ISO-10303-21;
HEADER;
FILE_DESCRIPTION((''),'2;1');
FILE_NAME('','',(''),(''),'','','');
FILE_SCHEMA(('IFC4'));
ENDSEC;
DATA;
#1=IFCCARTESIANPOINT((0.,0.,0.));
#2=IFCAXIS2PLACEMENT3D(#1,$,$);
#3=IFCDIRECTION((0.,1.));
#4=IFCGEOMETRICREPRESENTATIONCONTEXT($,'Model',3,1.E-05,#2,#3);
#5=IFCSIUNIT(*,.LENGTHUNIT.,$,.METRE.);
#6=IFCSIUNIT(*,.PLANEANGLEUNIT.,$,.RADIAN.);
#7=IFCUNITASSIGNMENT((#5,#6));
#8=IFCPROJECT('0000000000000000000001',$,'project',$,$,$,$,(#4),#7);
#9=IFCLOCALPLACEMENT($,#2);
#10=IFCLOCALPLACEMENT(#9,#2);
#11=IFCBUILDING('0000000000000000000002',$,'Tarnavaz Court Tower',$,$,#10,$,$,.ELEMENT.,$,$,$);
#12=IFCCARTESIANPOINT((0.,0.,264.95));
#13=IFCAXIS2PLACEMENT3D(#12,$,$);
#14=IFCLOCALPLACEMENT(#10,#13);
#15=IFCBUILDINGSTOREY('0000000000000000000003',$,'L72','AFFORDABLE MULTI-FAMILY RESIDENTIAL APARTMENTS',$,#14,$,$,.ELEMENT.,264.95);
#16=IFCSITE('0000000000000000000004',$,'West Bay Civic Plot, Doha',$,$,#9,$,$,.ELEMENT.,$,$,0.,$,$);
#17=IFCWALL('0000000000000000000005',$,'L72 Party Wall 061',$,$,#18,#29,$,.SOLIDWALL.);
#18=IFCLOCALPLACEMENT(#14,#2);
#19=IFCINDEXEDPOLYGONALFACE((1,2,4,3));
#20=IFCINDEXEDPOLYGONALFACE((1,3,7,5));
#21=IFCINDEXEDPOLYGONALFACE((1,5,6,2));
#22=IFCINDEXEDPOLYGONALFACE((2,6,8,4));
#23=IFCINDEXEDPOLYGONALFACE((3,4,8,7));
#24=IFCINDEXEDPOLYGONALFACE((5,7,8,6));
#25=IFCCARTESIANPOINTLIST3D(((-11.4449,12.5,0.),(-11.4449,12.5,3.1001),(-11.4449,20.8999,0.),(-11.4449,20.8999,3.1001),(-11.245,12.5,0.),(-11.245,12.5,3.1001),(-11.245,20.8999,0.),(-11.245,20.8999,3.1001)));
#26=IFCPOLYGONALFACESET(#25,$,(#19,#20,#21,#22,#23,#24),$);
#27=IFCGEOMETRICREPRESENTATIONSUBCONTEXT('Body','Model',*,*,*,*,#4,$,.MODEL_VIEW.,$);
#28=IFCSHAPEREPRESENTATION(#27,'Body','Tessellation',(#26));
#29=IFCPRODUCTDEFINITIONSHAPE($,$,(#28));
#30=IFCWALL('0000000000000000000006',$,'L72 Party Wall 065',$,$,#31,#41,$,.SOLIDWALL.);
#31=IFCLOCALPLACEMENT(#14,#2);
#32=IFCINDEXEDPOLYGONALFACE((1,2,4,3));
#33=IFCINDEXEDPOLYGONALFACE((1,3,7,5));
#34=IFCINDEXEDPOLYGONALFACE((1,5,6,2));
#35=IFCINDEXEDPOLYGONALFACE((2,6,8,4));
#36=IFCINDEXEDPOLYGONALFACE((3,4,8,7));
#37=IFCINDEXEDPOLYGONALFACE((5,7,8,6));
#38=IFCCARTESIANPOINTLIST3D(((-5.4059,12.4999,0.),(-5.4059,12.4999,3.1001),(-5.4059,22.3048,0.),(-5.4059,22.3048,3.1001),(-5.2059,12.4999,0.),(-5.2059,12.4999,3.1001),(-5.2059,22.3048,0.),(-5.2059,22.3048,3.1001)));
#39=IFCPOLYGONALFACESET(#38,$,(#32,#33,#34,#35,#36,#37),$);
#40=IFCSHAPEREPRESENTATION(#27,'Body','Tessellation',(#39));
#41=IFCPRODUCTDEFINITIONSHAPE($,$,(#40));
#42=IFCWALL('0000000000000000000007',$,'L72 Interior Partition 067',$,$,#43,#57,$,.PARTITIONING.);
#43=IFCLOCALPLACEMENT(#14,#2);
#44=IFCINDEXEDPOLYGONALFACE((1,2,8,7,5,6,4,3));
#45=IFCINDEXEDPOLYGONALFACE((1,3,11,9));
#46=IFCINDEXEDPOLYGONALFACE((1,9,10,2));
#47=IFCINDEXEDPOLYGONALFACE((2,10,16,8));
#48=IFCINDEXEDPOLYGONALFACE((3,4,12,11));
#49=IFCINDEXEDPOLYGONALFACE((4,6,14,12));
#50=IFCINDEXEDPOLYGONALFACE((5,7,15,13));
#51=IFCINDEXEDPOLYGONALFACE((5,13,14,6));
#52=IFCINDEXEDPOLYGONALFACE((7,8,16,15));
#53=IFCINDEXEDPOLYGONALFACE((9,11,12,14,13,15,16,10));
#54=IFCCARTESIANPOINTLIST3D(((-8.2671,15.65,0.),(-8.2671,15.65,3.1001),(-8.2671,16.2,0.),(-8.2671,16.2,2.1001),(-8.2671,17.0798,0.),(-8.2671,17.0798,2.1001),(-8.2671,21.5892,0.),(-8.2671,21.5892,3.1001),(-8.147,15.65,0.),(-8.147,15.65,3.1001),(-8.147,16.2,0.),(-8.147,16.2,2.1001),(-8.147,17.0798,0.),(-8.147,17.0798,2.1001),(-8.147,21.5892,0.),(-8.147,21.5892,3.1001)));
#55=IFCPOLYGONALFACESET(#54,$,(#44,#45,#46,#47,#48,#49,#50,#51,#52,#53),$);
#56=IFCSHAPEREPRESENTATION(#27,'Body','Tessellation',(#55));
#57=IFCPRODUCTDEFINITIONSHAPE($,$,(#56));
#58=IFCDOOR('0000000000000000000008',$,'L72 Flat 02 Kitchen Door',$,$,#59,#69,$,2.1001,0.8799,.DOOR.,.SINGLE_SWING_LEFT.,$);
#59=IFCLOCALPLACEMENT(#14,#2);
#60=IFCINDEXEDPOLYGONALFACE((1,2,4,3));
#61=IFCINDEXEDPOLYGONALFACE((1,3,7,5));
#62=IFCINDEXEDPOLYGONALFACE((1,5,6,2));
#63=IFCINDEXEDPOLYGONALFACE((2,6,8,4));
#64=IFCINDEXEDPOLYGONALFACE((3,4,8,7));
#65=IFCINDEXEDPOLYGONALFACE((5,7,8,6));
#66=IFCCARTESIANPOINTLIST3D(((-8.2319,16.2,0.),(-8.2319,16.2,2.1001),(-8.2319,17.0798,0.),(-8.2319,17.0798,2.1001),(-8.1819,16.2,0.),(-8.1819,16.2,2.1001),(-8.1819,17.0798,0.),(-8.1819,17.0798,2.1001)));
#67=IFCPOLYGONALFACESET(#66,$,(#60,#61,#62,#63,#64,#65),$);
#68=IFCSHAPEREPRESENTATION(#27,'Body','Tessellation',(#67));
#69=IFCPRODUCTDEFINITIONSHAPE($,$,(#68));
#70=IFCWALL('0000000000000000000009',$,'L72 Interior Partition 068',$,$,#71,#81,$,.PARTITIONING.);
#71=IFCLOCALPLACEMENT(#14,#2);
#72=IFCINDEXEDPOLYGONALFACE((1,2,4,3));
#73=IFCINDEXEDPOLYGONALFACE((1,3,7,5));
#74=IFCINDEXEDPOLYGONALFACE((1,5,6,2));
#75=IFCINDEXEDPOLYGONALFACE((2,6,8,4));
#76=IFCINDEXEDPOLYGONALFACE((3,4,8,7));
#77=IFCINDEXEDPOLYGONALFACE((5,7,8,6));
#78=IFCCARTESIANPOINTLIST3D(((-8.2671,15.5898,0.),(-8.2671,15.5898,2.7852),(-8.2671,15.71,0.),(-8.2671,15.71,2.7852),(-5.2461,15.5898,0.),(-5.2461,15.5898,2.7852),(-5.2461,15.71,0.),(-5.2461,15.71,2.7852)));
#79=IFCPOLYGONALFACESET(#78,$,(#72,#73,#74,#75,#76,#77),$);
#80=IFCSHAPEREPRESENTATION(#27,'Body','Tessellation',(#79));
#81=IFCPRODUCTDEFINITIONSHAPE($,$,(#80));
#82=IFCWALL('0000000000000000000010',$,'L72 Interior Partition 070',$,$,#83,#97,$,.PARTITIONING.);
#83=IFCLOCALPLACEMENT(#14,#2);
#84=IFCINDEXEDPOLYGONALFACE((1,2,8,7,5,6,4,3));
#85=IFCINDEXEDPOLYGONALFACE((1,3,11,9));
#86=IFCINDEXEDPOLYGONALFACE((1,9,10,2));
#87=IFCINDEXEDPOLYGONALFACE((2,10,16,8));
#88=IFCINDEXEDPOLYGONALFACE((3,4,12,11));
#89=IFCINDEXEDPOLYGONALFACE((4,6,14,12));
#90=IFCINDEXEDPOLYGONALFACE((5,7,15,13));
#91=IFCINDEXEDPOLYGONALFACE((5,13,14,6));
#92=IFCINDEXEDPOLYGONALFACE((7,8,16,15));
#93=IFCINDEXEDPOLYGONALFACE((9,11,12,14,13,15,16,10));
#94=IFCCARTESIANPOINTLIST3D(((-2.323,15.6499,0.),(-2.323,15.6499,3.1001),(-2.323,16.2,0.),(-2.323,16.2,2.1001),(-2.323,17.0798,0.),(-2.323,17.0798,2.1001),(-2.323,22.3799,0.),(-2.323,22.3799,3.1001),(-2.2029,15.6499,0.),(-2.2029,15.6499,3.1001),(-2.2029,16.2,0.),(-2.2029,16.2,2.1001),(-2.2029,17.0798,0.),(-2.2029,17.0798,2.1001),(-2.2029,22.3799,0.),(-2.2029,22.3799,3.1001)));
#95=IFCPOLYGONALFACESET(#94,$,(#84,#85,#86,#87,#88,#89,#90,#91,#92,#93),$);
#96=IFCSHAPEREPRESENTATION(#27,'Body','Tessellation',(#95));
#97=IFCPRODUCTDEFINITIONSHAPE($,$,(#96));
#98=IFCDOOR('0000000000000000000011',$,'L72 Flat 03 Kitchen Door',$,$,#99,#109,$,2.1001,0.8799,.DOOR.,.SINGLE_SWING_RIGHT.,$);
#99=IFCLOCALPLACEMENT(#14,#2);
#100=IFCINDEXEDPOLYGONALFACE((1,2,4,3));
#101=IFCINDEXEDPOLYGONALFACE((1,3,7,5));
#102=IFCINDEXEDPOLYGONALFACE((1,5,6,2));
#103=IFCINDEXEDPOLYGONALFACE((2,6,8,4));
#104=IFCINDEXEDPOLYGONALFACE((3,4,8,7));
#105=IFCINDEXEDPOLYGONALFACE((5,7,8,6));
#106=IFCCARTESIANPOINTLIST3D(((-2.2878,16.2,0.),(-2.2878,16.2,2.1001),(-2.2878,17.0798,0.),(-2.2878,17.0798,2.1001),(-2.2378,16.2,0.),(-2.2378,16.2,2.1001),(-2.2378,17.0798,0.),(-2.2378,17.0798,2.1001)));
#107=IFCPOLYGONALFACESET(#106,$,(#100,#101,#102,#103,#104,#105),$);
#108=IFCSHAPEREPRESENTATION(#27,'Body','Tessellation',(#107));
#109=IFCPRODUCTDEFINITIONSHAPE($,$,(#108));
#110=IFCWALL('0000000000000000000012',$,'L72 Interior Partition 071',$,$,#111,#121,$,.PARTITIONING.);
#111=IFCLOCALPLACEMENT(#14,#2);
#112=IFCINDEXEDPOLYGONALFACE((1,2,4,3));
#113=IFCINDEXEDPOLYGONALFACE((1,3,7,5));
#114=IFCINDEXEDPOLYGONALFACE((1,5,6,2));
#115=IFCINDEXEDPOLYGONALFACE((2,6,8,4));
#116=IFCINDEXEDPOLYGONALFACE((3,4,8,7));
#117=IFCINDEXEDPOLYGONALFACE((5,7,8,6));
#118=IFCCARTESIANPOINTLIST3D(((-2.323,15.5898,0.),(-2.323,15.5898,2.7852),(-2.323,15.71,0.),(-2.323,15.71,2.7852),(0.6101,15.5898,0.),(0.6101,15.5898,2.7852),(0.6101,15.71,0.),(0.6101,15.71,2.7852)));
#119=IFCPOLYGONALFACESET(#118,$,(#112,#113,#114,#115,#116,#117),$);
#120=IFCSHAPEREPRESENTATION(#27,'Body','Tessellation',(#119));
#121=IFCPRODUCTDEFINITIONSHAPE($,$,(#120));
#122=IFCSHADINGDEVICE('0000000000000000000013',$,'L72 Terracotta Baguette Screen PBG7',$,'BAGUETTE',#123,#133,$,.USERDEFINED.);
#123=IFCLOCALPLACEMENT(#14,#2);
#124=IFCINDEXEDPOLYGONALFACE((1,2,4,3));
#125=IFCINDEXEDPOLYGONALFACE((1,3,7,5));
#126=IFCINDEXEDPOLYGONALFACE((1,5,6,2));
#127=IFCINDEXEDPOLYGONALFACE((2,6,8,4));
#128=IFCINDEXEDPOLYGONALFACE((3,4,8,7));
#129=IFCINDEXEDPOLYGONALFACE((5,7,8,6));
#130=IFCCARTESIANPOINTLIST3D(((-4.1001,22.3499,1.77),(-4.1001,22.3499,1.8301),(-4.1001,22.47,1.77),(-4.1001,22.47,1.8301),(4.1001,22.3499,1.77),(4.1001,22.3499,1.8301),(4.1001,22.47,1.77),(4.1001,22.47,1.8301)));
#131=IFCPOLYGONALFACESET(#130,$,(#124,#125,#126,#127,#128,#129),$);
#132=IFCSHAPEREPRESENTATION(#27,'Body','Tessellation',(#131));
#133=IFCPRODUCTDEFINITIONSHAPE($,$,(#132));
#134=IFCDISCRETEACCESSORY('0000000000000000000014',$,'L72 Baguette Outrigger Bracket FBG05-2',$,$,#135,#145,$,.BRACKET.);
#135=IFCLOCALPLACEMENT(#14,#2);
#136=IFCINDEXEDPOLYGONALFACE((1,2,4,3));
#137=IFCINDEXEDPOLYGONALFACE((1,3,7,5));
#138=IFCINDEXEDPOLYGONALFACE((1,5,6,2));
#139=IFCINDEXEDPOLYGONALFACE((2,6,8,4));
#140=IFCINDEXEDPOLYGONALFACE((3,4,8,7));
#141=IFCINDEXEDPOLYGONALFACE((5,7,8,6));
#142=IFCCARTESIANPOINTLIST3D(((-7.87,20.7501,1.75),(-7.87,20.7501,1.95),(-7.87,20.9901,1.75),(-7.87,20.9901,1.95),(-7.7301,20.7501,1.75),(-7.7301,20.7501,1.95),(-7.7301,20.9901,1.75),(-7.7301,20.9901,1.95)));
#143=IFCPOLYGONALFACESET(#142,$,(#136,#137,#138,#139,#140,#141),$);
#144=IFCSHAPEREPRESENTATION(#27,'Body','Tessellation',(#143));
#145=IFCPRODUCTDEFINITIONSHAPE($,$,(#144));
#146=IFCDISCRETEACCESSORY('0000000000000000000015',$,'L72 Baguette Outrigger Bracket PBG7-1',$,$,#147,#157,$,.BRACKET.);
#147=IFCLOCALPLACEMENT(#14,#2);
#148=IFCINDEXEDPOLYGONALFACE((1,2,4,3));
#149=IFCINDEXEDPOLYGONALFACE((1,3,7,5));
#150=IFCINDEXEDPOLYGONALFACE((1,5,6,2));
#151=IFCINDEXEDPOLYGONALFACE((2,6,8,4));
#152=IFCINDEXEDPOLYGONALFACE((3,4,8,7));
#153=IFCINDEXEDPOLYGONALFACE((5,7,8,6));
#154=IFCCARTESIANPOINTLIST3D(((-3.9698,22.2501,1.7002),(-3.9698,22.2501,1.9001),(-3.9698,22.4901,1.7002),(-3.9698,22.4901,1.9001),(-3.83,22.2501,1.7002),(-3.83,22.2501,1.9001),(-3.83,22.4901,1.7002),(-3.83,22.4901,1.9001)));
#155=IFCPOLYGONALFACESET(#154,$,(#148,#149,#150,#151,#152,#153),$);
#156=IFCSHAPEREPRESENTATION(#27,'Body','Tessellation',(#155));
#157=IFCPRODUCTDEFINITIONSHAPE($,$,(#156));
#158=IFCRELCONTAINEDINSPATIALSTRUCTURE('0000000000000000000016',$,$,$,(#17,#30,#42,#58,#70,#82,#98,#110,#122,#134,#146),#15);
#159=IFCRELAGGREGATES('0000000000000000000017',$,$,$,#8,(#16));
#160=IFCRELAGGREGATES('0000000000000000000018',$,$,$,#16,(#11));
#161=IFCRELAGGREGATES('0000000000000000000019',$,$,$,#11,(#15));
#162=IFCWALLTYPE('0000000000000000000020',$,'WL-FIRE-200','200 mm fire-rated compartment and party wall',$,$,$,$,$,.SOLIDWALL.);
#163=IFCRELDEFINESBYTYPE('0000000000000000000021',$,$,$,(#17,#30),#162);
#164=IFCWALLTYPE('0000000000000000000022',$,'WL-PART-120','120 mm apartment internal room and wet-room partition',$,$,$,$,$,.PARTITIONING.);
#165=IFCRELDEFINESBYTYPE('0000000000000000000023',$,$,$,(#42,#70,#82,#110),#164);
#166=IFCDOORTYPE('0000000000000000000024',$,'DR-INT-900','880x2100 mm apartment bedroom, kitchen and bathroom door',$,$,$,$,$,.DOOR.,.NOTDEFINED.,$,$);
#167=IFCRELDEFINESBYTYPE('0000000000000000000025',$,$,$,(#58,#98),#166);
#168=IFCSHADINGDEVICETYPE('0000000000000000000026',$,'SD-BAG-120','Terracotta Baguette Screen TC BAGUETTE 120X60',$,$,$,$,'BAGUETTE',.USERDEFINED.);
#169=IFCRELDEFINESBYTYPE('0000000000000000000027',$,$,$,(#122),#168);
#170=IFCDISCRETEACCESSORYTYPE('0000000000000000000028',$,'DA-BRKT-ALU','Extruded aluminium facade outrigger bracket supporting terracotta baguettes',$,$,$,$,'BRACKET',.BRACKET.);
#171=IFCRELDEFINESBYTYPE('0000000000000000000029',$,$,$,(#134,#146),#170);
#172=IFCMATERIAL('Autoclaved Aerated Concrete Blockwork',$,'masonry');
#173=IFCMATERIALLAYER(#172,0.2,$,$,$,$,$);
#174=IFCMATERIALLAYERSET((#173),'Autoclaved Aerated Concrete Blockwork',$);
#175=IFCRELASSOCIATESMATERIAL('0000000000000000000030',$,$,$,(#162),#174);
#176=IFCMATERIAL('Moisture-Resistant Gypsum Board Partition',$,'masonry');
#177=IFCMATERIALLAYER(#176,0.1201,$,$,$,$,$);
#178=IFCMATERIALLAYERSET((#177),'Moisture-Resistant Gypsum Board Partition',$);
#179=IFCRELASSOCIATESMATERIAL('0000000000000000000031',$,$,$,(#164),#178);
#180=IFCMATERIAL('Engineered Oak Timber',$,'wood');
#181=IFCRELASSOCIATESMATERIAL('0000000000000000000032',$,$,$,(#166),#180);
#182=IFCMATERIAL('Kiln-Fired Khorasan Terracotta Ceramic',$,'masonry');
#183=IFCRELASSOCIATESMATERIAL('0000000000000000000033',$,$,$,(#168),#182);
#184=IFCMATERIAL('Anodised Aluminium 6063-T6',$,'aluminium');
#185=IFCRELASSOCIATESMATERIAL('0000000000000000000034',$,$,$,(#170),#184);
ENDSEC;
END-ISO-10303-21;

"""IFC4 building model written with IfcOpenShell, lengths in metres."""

from ifc_helpers import new_model, si_unit, direction, frame, frame_2d, origin, origin_2d, place, context, subcontext, project, spatial, rectangle, extrude, material, layer, layer_set, material_profile, profile_set, type_object, element, fill, save


model = new_model("IFC4")

# Units and contexts
model_context = context("Model", 3, precision=1e-05, world=origin(), true_north=direction((0.0, 1.0)))
body_context = subcontext(model_context, "Body", "Model", "MODEL_VIEW")
ifc_project = project(units=[si_unit("LENGTHUNIT", "METRE"), si_unit("PLANEANGLEUNIT", "RADIAN")], contexts=[model_context])

# Site, building, storey
site_placement = place(None, origin())
site = spatial("IfcSite", under=ifc_project, at=site_placement, Name="West Bay Civic Plot, Doha", CompositionType="ELEMENT", RefElevation=0.0)
building_placement = place(site_placement, origin())
building = spatial("IfcBuilding", under=site, at=building_placement, Name="Tarnavaz Court Tower", CompositionType="ELEMENT")
storey_placement = place(building_placement, frame((0.0, 0.0, 264.95)))
storey = spatial("IfcBuildingStorey", under=building, at=storey_placement, Name="L72", Description="AFFORDABLE MULTI-FAMILY RESIDENTIAL APARTMENTS", CompositionType="ELEMENT", Elevation=264.95)

# Shared definitions
ifc_material_1 = material(Name="Anodised Aluminium 6063-T6", Category="aluminium")

# Walls
ifc_material_2 = material(Name="Autoclaved Aerated Concrete Blockwork", Category="masonry")
ifc_layer_1 = layer(ifc_material_2, 0.2)
ifc_layer_set_1 = layer_set([ifc_layer_1], Name="Autoclaved Aerated Concrete Blockwork")
wall_type_1 = type_object("IfcWallType", Name="WL-FIRE-200", Description="200 mm fire-rated compartment and party wall", PredefinedType="SOLIDWALL", material=ifc_layer_set_1)
wall_1_placement = place(storey_placement, frame((-11.345, 12.5, 0.0), z_axis=(0.0, 0.0, 1.0), x_axis=(0.0, 1.0, 0.0)))
element("IfcWall", 1, at=wall_1_placement, inside=storey, type_object=wall_type_1, Name="L72 Party Wall 061", PredefinedType="SOLIDWALL", context=body_context, shape_type="SweptSolid", body=[
    extrude(rectangle(XDim=8.3999, YDim=0.2, at=frame_2d((4.2, 0.0))), origin(), (0.0, 0.0, 1.0), 3.1001),
])
wall_2_placement = place(storey_placement, frame((-5.3059, 12.5, 0.0), z_axis=(0.0, 0.0, 1.0), x_axis=(0.0, 1.0, 0.0)))
element("IfcWall", 2, at=wall_2_placement, inside=storey, type_object=wall_type_1, Name="L72 Party Wall 065", PredefinedType="SOLIDWALL", context=body_context, shape_type="SweptSolid", body=[
    extrude(rectangle(XDim=9.8049, YDim=0.2, at=frame_2d((4.9023, 0.0))), origin(), (0.0, 0.0, 1.0), 3.1001),
])

# Wall, opening, door
ifc_material_3 = material(Name="Moisture-Resistant Gypsum Board Partition", Category="masonry")
ifc_layer_2 = layer(ifc_material_3, 0.1201)
ifc_layer_set_2 = layer_set([ifc_layer_2], Name="Moisture-Resistant Gypsum Board Partition")
wall_type_2 = type_object("IfcWallType", Name="WL-PART-120", Description="120 mm apartment internal room and wet-room partition", PredefinedType="PARTITIONING", material=ifc_layer_set_2)
wall_3_placement = place(storey_placement, frame((-8.207, 15.6499, 0.0), z_axis=(0.0, 0.0, 1.0), x_axis=(0.0, 1.0, 0.0)))
wall_3 = element("IfcWall", 3, at=wall_3_placement, inside=storey, type_object=wall_type_2, Name="L72 Interior Partition 067", PredefinedType="PARTITIONING", context=body_context, shape_type="SweptSolid", body=[
    extrude(rectangle(XDim=5.9392, YDim=0.1201, at=frame_2d((2.9697, 0.0))), origin(), (0.0, 0.0, 1.0), 3.1001),
])
opening_1_placement = place(wall_3_placement, frame((0.55, 0.0, 0.0)))
opening_1 = element("IfcOpeningElement", 4, at=opening_1_placement, cuts=wall_3, PredefinedType="OPENING", context=body_context, shape_type="SweptSolid", body=[
    extrude(rectangle(XDim=0.8799, YDim=2.1001, at=frame_2d((0.4399, 1.05))), frame((0.0, 0.0701, 0.0), z_axis=(0.0, -1.0, 0.0), x_axis=(1.0, 0.0, 0.0)), (0.0, 0.0, 1.0), 0.1401),
])
ifc_material_4 = material(Name="Engineered Oak Timber", Category="wood")
door_type = type_object("IfcDoorType", Name="DR-INT-900", Description="880x2100 mm apartment bedroom, kitchen and bathroom door", OperationType="NOTDEFINED", PredefinedType="DOOR", material=ifc_material_4)
door_1_placement = place(opening_1_placement, origin())
door_1 = element("IfcDoor", 5, at=door_1_placement, inside=storey, type_object=door_type, Name="L72 Flat 02 Kitchen Door", OperationType="SINGLE_SWING_LEFT", OverallHeight=2.1001, OverallWidth=0.8799, PredefinedType="DOOR", context=body_context, shape_type="SweptSolid", body=[
    extrude(rectangle(XDim=0.8799, YDim=2.1001, at=frame_2d((0.4399, 1.05))), frame((0.0, 0.0249, 0.0), z_axis=(0.0, -1.0, 0.0), x_axis=(1.0, 0.0, 0.0)), (0.0, 0.0, 1.0), 0.05),
])
fill(opening_1, door_1)

# Wall
wall_4_placement = place(storey_placement, frame((-8.2671, 15.6499, 0.0), z_axis=(0.0, 0.0, 1.0), x_axis=(1.0, 0.0, 0.0)))
element("IfcWall", 6, at=wall_4_placement, inside=storey, type_object=wall_type_2, Name="L72 Interior Partition 068", PredefinedType="PARTITIONING", context=body_context, shape_type="SweptSolid", body=[
    extrude(rectangle(XDim=3.021, YDim=0.1201, at=frame_2d((1.5105, 0.0))), origin(), (0.0, 0.0, 1.0), 2.7852),
])

# Wall, opening, door
wall_5_placement = place(storey_placement, frame((-2.2629, 15.6499, 0.0), z_axis=(0.0, 0.0, 1.0), x_axis=(0.0, 1.0, 0.0)))
wall_5 = element("IfcWall", 7, at=wall_5_placement, inside=storey, type_object=wall_type_2, Name="L72 Interior Partition 070", PredefinedType="PARTITIONING", context=body_context, shape_type="SweptSolid", body=[
    extrude(rectangle(XDim=6.73, YDim=0.1201, at=frame_2d((3.365, 0.0))), origin(), (0.0, 0.0, 1.0), 3.1001),
])
opening_2_placement = place(wall_5_placement, frame((0.55, 0.0, 0.0)))
opening_2 = element("IfcOpeningElement", 8, at=opening_2_placement, cuts=wall_5, PredefinedType="OPENING", context=body_context, shape_type="SweptSolid", body=[
    extrude(rectangle(XDim=0.8799, YDim=2.1001, at=frame_2d((0.4399, 1.05))), frame((0.0, 0.0701, 0.0), z_axis=(0.0, -1.0, 0.0), x_axis=(1.0, 0.0, 0.0)), (0.0, 0.0, 1.0), 0.1401),
])
door_2_placement = place(opening_2_placement, origin())
door_2 = element("IfcDoor", 9, at=door_2_placement, inside=storey, type_object=door_type, Name="L72 Flat 03 Kitchen Door", OperationType="SINGLE_SWING_RIGHT", OverallHeight=2.1001, OverallWidth=0.8799, PredefinedType="DOOR", context=body_context, shape_type="SweptSolid", body=[
    extrude(rectangle(XDim=0.8799, YDim=2.1001, at=frame_2d((0.4399, 1.05))), frame((0.0, 0.0249, 0.0), z_axis=(0.0, -1.0, 0.0), x_axis=(1.0, 0.0, 0.0)), (0.0, 0.0, 1.0), 0.05),
])
fill(opening_2, door_2)

# Wall
wall_6_placement = place(storey_placement, frame((-2.323, 15.6499, 0.0), z_axis=(0.0, 0.0, 1.0), x_axis=(1.0, 0.0, 0.0)))
element("IfcWall", 10, at=wall_6_placement, inside=storey, type_object=wall_type_2, Name="L72 Interior Partition 071", PredefinedType="PARTITIONING", context=body_context, shape_type="SweptSolid", body=[
    extrude(rectangle(XDim=2.9331, YDim=0.1201, at=frame_2d((1.4666, 0.0))), origin(), (0.0, 0.0, 1.0), 2.7852),
])

# Shading device
ifc_material_5 = material(Name="Kiln-Fired Khorasan Terracotta Ceramic", Category="masonry")
ifc_material_profile_1 = material_profile(ifc_material_5, rectangle(XDim=0.1201, YDim=0.0601, at=origin_2d()), Name="TC BAGUETTE 120X60")
ifc_profile_set_1 = profile_set([ifc_material_profile_1], Name="Kiln-Fired Khorasan Terracotta Ceramic")
shading_device_type = type_object("IfcShadingDeviceType", Name="SD-BAG-120", Description="Terracotta Baguette Screen TC BAGUETTE 120X60", ElementType="BAGUETTE", PredefinedType="USERDEFINED", material=ifc_profile_set_1)
shading_device_placement = place(storey_placement, frame((-4.1001, 22.4099, 1.8), z_axis=(1.0, 0.0, 0.0), x_axis=(0.0, 1.0, 0.0)))
element("IfcShadingDevice", 11, at=shading_device_placement, inside=storey, type_object=shading_device_type, Name="L72 Terracotta Baguette Screen PBG7", ObjectType="BAGUETTE", PredefinedType="USERDEFINED", context=body_context, shape_type="SweptSolid", body=[
    extrude(rectangle(XDim=0.1201, YDim=0.0601, at=origin_2d()), origin(), (0.0, 0.0, 1.0), 8.2002),
])

# Discrete accessories
discrete_accessory_type = type_object("IfcDiscreteAccessoryType", Name="DA-BRKT-ALU", Description="Extruded aluminium facade outrigger bracket supporting terracotta baguettes", ElementType="BRACKET", PredefinedType="BRACKET", material=ifc_material_1)
for number, where, z_axis, x_axis, name in (
    (12, (-7.8, 20.8701, 1.75), (0.0, 0.0, 1.0), (1.0, 0.0, 0.0), "L72 Baguette Outrigger Bracket FBG05-2"),
    (13, (-3.8999, 22.3701, 1.7002), (0.0, 0.0, 1.0), (1.0, 0.0, 0.0), "L72 Baguette Outrigger Bracket PBG7-1"),
):
    element("IfcDiscreteAccessory", number, at=place(storey_placement, frame(where, z_axis=z_axis, x_axis=x_axis)), inside=storey, type_object=discrete_accessory_type, Name=name, PredefinedType="BRACKET", context=body_context, shape_type="SweptSolid", body=[
        extrude(rectangle(XDim=0.1399, YDim=0.24, at=origin_2d()), origin(), (0.0, 0.0, 1.0), 0.2),
    ])

save(model, "model.ifc")
